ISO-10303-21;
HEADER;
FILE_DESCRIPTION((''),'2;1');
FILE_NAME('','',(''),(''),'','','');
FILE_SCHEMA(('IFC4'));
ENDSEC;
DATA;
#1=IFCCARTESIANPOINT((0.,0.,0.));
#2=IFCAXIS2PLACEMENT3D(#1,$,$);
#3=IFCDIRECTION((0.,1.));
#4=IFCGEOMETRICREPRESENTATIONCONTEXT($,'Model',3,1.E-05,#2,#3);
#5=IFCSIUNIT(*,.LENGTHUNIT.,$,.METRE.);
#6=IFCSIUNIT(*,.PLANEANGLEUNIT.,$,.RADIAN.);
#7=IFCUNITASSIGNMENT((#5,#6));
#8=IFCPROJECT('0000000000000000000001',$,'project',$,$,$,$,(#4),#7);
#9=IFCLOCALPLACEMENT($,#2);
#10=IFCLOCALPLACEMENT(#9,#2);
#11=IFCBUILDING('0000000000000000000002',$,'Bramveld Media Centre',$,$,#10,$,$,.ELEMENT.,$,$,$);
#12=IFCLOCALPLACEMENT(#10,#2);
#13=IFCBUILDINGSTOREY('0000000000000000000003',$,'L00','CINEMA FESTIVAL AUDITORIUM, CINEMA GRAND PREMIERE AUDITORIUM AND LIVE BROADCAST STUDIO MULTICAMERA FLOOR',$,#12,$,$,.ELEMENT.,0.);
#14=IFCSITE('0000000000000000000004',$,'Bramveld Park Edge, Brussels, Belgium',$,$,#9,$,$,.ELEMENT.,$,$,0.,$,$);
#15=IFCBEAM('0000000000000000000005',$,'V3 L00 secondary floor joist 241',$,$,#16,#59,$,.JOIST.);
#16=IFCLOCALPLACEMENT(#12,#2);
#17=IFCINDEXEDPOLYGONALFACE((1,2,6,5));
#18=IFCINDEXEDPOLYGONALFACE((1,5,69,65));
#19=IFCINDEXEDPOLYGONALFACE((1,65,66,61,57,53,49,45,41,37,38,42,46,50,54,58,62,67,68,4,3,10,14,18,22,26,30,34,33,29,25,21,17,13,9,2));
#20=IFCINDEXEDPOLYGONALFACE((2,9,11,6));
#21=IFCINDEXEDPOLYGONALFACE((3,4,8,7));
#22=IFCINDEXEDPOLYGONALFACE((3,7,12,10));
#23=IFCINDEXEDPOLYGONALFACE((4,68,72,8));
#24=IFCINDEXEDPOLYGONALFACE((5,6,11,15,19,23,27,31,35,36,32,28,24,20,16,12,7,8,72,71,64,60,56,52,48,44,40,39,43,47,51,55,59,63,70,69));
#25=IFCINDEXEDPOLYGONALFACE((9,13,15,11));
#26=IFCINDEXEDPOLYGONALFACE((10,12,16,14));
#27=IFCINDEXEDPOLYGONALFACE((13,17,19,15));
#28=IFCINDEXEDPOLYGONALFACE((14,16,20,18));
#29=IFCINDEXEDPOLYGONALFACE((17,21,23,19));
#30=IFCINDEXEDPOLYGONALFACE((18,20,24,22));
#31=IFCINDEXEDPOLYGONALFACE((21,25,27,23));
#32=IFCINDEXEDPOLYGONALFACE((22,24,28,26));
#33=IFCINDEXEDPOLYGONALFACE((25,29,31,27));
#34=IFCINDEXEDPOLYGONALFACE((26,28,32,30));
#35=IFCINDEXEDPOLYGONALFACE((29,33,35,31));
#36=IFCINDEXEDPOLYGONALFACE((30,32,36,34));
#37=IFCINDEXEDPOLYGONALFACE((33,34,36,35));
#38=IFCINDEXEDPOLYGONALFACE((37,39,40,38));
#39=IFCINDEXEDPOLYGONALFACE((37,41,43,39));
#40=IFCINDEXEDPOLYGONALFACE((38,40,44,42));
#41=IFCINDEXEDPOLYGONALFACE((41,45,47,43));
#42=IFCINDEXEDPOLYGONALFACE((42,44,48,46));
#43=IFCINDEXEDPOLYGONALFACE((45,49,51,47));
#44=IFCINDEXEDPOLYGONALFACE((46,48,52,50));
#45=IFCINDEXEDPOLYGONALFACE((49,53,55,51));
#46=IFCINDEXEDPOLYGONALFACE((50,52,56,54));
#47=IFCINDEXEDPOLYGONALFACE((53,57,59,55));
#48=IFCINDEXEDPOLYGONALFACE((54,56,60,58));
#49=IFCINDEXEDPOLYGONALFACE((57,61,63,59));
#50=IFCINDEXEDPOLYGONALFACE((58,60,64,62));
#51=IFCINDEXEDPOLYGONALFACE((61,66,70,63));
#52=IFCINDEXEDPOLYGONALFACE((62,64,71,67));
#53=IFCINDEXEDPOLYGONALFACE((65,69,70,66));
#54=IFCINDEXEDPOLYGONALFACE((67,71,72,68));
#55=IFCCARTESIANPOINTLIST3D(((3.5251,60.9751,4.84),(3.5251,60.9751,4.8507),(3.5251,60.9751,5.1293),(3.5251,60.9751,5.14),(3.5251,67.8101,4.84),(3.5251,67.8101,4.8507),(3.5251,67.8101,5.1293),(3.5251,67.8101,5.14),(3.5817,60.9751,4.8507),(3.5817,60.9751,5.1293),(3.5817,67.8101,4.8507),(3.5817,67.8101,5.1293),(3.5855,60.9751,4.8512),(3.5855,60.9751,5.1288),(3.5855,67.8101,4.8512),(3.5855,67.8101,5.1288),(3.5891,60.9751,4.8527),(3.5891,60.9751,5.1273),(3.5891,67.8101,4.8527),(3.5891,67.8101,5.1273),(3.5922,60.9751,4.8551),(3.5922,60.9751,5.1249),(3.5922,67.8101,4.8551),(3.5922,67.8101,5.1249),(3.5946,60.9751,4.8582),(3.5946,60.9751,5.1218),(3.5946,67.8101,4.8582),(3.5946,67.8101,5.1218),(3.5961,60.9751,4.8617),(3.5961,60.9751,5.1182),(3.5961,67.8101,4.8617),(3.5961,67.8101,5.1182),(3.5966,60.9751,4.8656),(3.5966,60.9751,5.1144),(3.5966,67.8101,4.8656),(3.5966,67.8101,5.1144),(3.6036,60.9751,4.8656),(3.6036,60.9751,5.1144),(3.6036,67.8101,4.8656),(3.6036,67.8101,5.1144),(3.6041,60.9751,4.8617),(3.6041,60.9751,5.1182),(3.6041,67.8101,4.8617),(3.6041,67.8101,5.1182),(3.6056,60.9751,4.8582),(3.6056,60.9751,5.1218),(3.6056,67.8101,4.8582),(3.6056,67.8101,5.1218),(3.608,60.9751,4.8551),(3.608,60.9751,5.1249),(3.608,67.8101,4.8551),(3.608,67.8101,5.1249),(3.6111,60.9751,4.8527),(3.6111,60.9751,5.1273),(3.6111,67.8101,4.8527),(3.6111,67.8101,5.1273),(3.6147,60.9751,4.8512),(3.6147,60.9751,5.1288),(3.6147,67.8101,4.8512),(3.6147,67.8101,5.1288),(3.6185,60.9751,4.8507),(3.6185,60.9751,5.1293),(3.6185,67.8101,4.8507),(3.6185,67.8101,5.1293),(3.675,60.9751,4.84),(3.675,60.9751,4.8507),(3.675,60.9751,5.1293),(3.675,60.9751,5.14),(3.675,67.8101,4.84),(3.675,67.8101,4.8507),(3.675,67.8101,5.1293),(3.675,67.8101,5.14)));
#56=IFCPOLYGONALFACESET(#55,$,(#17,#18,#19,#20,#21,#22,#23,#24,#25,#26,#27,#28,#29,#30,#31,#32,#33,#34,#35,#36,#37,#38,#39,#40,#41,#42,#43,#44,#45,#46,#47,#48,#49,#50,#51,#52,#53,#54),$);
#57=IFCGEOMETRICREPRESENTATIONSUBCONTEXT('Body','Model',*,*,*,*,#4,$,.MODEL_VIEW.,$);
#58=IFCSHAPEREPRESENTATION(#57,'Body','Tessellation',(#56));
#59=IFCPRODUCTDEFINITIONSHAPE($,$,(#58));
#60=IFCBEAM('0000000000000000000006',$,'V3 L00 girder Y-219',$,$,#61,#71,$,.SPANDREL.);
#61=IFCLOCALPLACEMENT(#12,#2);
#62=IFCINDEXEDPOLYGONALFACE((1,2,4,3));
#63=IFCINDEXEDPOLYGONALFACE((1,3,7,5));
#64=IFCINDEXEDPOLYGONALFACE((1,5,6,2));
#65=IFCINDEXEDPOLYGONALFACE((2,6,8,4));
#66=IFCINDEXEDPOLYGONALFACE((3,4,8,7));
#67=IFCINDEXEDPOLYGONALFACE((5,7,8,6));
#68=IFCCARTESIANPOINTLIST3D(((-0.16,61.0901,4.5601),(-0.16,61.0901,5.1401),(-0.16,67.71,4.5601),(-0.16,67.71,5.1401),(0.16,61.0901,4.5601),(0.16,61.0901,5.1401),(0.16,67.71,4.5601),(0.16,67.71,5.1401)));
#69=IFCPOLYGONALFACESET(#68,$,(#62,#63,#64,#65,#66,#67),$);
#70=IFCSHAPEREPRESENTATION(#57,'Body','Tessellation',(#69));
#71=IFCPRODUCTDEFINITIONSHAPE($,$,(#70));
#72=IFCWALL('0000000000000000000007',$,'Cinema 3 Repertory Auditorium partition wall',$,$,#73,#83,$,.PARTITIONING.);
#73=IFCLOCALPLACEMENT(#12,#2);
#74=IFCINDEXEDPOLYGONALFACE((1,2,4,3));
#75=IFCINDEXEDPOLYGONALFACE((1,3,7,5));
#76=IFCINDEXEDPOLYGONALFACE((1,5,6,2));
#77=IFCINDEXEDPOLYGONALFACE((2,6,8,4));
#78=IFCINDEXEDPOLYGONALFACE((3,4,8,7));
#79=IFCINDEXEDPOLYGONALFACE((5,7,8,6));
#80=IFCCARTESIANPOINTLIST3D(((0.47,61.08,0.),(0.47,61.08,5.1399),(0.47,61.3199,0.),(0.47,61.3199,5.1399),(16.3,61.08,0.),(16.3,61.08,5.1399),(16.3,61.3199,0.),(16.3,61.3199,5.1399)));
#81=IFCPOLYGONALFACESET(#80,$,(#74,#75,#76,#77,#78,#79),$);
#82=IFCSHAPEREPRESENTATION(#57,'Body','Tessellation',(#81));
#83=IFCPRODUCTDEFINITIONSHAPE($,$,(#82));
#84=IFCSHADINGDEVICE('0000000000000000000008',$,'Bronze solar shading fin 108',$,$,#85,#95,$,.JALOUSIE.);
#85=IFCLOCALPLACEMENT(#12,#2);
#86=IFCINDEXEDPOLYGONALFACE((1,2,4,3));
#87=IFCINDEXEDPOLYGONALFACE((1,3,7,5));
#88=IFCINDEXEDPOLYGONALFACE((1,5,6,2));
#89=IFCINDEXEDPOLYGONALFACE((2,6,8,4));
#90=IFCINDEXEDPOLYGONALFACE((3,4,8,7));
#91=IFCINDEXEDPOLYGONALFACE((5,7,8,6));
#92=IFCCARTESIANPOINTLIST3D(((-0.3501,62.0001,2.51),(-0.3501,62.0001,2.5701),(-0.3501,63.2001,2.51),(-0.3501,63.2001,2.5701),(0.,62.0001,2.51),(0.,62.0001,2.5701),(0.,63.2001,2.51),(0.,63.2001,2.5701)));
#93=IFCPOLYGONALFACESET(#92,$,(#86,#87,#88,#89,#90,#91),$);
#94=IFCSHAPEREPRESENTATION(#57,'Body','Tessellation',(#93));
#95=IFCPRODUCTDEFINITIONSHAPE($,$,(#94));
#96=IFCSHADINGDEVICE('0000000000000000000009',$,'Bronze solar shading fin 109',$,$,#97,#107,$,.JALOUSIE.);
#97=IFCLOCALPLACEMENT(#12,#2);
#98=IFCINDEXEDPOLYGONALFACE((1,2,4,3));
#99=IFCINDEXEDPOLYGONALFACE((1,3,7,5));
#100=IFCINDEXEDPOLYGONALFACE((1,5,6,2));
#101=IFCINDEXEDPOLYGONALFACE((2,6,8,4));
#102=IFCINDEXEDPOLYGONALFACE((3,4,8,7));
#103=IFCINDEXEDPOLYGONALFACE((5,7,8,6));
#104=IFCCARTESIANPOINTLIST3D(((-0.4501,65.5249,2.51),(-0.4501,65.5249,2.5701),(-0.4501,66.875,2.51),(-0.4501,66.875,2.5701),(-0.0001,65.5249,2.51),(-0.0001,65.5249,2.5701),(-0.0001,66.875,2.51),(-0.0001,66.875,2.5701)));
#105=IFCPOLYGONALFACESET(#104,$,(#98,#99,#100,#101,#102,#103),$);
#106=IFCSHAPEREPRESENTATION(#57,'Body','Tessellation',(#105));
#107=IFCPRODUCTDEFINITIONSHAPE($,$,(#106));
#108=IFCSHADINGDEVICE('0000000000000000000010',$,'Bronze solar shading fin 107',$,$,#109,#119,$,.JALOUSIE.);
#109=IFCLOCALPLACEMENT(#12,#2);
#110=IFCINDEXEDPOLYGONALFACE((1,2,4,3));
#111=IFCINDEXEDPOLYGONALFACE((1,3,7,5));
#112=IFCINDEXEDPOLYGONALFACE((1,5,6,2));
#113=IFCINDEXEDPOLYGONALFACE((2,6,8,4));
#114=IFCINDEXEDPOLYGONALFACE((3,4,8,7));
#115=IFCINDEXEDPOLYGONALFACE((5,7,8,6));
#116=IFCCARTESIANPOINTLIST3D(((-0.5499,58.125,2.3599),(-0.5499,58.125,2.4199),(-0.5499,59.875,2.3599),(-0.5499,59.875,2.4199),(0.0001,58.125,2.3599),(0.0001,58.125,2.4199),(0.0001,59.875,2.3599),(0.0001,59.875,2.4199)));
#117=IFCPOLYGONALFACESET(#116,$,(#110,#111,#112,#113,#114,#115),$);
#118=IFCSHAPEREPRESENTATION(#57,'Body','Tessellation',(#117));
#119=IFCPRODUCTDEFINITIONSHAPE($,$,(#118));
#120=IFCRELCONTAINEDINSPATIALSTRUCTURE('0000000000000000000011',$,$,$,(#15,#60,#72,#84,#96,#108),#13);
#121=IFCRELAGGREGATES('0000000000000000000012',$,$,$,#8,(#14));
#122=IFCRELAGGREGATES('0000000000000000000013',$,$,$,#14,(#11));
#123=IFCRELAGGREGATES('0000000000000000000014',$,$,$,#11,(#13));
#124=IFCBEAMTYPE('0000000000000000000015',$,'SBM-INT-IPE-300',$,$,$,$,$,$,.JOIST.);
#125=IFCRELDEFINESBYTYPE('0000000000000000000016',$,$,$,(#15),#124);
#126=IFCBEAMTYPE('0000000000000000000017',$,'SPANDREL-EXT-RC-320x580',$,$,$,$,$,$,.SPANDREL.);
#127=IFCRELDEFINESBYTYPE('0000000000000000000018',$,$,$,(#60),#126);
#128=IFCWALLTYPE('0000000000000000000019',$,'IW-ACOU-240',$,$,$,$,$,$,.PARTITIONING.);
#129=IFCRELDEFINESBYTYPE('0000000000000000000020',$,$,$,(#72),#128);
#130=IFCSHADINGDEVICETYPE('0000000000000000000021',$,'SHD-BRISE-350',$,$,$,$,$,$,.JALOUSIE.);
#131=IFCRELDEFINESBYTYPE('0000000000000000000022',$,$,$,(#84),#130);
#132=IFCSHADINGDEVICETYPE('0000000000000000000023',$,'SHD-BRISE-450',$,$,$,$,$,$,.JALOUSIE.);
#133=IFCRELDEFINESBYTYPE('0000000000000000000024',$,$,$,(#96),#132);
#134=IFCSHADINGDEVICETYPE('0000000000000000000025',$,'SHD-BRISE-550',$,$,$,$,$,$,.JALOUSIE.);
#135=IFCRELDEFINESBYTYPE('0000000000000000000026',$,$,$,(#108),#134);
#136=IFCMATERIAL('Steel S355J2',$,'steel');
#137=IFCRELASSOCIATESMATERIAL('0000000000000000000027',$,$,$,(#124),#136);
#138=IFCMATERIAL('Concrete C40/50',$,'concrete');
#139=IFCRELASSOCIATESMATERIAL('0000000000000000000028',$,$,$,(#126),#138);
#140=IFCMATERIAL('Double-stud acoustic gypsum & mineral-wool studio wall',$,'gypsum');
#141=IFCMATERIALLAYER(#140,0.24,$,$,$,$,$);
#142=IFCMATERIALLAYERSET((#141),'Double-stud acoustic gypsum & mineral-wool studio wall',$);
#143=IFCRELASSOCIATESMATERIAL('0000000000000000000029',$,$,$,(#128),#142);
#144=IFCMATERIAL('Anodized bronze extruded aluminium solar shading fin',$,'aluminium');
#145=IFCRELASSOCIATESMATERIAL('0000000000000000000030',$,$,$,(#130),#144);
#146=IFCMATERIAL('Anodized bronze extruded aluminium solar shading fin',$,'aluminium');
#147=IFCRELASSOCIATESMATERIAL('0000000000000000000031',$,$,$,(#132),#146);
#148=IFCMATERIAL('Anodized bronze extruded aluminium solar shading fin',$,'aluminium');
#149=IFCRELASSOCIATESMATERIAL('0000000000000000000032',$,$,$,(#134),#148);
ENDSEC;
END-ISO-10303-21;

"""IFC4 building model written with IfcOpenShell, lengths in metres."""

from ifc_helpers import new_model, si_unit, direction, frame, frame_2d, origin, origin_2d, place, context, subcontext, project, spatial, rectangle, i_section, extrude, material, layer, layer_set, material_profile, profile_set, type_object, element, save


model = new_model("IFC4")

# Units and contexts
model_context = context("Model", 3, precision=1e-05, world=origin(), true_north=direction((0.0, 1.0)))
body_context = subcontext(model_context, "Body", "Model", "MODEL_VIEW")
ifc_project = project(units=[si_unit("LENGTHUNIT", "METRE"), si_unit("PLANEANGLEUNIT", "RADIAN")], contexts=[model_context])

# Site, building, storey
site_placement = place(None, origin())
site = spatial("IfcSite", under=ifc_project, at=site_placement, Name="Bramveld Park Edge, Brussels, Belgium", CompositionType="ELEMENT", RefElevation=0.0)
building_placement = place(site_placement, origin())
building = spatial("IfcBuilding", under=site, at=building_placement, Name="Bramveld Media Centre", CompositionType="ELEMENT")
storey_placement = place(building_placement, origin())
storey = spatial("IfcBuildingStorey", under=building, at=storey_placement, Name="L00", Description="CINEMA FESTIVAL AUDITORIUM, CINEMA GRAND PREMIERE AUDITORIUM AND LIVE BROADCAST STUDIO MULTICAMERA FLOOR", CompositionType="ELEMENT", Elevation=0.0)

# Beams
ifc_material_1 = material(Name="Steel S355J2", Category="steel")
ifc_material_profile_1 = material_profile(ifc_material_1, i_section(OverallWidth=0.1499, OverallDepth=0.3, WebThickness=0.0071, FlangeThickness=0.0107, FilletRadius=0.0149, at=origin_2d()), Name="IPE 300")
ifc_profile_set_1 = profile_set([ifc_material_profile_1], Name="Steel S355J2")
beam_type_1 = type_object("IfcBeamType", Name="SBM-INT-IPE-300", PredefinedType="JOIST", material=ifc_profile_set_1)
beam_1_placement = place(storey_placement, frame((3.6001, 60.9751, 4.99), z_axis=(0.0, 1.0, 0.0), x_axis=(-1.0, 0.0, 0.0)))
element("IfcBeam", 1, at=beam_1_placement, inside=storey, type_object=beam_type_1, Name="V3 L00 secondary floor joist 241", PredefinedType="JOIST", context=body_context, shape_type="SweptSolid", body=[
    extrude(i_section(OverallWidth=0.1499, OverallDepth=0.3, WebThickness=0.0071, FlangeThickness=0.0107, FilletRadius=0.0149, at=origin_2d()), origin(), (0.0, 0.0, 1.0), 6.835),
])
ifc_material_2 = material(Name="Concrete C40/50", Category="concrete")
ifc_material_profile_2 = material_profile(ifc_material_2, rectangle(XDim=0.3201, YDim=0.5801, at=origin_2d()), Name="RC 320x580")
ifc_profile_set_2 = profile_set([ifc_material_profile_2], Name="Concrete C40/50")
beam_type_2 = type_object("IfcBeamType", Name="SPANDREL-EXT-RC-320x580", PredefinedType="SPANDREL", material=ifc_profile_set_2)
beam_2_placement = place(storey_placement, frame((0.0, 61.0901, 4.8501), z_axis=(0.0, 1.0, 0.0), x_axis=(-1.0, 0.0, 0.0)))
element("IfcBeam", 2, at=beam_2_placement, inside=storey, type_object=beam_type_2, Name="V3 L00 girder Y-219", PredefinedType="SPANDREL", context=body_context, shape_type="SweptSolid", body=[
    extrude(rectangle(XDim=0.3201, YDim=0.5801, at=origin_2d()), origin(), (0.0, 0.0, 1.0), 6.6199),
])

# Wall
ifc_material_3 = material(Name="Double-stud acoustic gypsum & mineral-wool studio wall", Category="gypsum")
ifc_layer = layer(ifc_material_3, 0.24)
ifc_layer_set = layer_set([ifc_layer], Name="Double-stud acoustic gypsum & mineral-wool studio wall")
wall_type = type_object("IfcWallType", Name="IW-ACOU-240", PredefinedType="PARTITIONING", material=ifc_layer_set)
wall_placement = place(storey_placement, frame((0.47, 61.2, 0.0), z_axis=(0.0, 0.0, 1.0), x_axis=(1.0, 0.0, 0.0)))
element("IfcWall", 3, at=wall_placement, inside=storey, type_object=wall_type, Name="Cinema 3 Repertory Auditorium partition wall", PredefinedType="PARTITIONING", context=body_context, shape_type="SweptSolid", body=[
    extrude(rectangle(XDim=15.8301, YDim=0.24, at=frame_2d((7.915, 0.0))), origin(), (0.0, 0.0, 1.0), 5.1399),
])

# Shading devices
ifc_material_4 = material(Name="Anodized bronze extruded aluminium solar shading fin", Category="aluminium")
shading_device_type_1 = type_object("IfcShadingDeviceType", Name="SHD-BRISE-350", PredefinedType="JALOUSIE", material=ifc_material_4)
shading_device_1_placement = place(storey_placement, frame((-0.175, 62.6001, 2.51), z_axis=(0.0, 0.0, 1.0), x_axis=(1.0, 0.0, 0.0)))
element("IfcShadingDevice", 4, at=shading_device_1_placement, inside=storey, type_object=shading_device_type_1, Name="Bronze solar shading fin 108", PredefinedType="JALOUSIE", context=body_context, shape_type="SweptSolid", body=[
    extrude(rectangle(XDim=0.3501, YDim=1.2, at=origin_2d()), origin(), (0.0, 0.0, 1.0), 0.0601),
])
ifc_material_5 = material(Name="Anodized bronze extruded aluminium solar shading fin", Category="aluminium")
shading_device_type_2 = type_object("IfcShadingDeviceType", Name="SHD-BRISE-450", PredefinedType="JALOUSIE", material=ifc_material_5)
shading_device_2_placement = place(storey_placement, frame((-0.2251, 66.2, 2.51), z_axis=(0.0, 0.0, 1.0), x_axis=(1.0, 0.0, 0.0)))
element("IfcShadingDevice", 5, at=shading_device_2_placement, inside=storey, type_object=shading_device_type_2, Name="Bronze solar shading fin 109", PredefinedType="JALOUSIE", context=body_context, shape_type="SweptSolid", body=[
    extrude(rectangle(XDim=0.45, YDim=1.3501, at=origin_2d()), origin(), (0.0, 0.0, 1.0), 0.0601),
])
ifc_material_6 = material(Name="Anodized bronze extruded aluminium solar shading fin", Category="aluminium")
shading_device_type_3 = type_object("IfcShadingDeviceType", Name="SHD-BRISE-550", PredefinedType="JALOUSIE", material=ifc_material_6)
shading_device_3_placement = place(storey_placement, frame((-0.2749, 59.0, 2.3599), z_axis=(0.0, 0.0, 1.0), x_axis=(1.0, 0.0, 0.0)))
element("IfcShadingDevice", 6, at=shading_device_3_placement, inside=storey, type_object=shading_device_type_3, Name="Bronze solar shading fin 107", PredefinedType="JALOUSIE", context=body_context, shape_type="SweptSolid", body=[
    extrude(rectangle(XDim=0.55, YDim=1.75, at=origin_2d()), origin(), (0.0, 0.0, 1.0), 0.0601),
])

save(model, "model.ifc")
